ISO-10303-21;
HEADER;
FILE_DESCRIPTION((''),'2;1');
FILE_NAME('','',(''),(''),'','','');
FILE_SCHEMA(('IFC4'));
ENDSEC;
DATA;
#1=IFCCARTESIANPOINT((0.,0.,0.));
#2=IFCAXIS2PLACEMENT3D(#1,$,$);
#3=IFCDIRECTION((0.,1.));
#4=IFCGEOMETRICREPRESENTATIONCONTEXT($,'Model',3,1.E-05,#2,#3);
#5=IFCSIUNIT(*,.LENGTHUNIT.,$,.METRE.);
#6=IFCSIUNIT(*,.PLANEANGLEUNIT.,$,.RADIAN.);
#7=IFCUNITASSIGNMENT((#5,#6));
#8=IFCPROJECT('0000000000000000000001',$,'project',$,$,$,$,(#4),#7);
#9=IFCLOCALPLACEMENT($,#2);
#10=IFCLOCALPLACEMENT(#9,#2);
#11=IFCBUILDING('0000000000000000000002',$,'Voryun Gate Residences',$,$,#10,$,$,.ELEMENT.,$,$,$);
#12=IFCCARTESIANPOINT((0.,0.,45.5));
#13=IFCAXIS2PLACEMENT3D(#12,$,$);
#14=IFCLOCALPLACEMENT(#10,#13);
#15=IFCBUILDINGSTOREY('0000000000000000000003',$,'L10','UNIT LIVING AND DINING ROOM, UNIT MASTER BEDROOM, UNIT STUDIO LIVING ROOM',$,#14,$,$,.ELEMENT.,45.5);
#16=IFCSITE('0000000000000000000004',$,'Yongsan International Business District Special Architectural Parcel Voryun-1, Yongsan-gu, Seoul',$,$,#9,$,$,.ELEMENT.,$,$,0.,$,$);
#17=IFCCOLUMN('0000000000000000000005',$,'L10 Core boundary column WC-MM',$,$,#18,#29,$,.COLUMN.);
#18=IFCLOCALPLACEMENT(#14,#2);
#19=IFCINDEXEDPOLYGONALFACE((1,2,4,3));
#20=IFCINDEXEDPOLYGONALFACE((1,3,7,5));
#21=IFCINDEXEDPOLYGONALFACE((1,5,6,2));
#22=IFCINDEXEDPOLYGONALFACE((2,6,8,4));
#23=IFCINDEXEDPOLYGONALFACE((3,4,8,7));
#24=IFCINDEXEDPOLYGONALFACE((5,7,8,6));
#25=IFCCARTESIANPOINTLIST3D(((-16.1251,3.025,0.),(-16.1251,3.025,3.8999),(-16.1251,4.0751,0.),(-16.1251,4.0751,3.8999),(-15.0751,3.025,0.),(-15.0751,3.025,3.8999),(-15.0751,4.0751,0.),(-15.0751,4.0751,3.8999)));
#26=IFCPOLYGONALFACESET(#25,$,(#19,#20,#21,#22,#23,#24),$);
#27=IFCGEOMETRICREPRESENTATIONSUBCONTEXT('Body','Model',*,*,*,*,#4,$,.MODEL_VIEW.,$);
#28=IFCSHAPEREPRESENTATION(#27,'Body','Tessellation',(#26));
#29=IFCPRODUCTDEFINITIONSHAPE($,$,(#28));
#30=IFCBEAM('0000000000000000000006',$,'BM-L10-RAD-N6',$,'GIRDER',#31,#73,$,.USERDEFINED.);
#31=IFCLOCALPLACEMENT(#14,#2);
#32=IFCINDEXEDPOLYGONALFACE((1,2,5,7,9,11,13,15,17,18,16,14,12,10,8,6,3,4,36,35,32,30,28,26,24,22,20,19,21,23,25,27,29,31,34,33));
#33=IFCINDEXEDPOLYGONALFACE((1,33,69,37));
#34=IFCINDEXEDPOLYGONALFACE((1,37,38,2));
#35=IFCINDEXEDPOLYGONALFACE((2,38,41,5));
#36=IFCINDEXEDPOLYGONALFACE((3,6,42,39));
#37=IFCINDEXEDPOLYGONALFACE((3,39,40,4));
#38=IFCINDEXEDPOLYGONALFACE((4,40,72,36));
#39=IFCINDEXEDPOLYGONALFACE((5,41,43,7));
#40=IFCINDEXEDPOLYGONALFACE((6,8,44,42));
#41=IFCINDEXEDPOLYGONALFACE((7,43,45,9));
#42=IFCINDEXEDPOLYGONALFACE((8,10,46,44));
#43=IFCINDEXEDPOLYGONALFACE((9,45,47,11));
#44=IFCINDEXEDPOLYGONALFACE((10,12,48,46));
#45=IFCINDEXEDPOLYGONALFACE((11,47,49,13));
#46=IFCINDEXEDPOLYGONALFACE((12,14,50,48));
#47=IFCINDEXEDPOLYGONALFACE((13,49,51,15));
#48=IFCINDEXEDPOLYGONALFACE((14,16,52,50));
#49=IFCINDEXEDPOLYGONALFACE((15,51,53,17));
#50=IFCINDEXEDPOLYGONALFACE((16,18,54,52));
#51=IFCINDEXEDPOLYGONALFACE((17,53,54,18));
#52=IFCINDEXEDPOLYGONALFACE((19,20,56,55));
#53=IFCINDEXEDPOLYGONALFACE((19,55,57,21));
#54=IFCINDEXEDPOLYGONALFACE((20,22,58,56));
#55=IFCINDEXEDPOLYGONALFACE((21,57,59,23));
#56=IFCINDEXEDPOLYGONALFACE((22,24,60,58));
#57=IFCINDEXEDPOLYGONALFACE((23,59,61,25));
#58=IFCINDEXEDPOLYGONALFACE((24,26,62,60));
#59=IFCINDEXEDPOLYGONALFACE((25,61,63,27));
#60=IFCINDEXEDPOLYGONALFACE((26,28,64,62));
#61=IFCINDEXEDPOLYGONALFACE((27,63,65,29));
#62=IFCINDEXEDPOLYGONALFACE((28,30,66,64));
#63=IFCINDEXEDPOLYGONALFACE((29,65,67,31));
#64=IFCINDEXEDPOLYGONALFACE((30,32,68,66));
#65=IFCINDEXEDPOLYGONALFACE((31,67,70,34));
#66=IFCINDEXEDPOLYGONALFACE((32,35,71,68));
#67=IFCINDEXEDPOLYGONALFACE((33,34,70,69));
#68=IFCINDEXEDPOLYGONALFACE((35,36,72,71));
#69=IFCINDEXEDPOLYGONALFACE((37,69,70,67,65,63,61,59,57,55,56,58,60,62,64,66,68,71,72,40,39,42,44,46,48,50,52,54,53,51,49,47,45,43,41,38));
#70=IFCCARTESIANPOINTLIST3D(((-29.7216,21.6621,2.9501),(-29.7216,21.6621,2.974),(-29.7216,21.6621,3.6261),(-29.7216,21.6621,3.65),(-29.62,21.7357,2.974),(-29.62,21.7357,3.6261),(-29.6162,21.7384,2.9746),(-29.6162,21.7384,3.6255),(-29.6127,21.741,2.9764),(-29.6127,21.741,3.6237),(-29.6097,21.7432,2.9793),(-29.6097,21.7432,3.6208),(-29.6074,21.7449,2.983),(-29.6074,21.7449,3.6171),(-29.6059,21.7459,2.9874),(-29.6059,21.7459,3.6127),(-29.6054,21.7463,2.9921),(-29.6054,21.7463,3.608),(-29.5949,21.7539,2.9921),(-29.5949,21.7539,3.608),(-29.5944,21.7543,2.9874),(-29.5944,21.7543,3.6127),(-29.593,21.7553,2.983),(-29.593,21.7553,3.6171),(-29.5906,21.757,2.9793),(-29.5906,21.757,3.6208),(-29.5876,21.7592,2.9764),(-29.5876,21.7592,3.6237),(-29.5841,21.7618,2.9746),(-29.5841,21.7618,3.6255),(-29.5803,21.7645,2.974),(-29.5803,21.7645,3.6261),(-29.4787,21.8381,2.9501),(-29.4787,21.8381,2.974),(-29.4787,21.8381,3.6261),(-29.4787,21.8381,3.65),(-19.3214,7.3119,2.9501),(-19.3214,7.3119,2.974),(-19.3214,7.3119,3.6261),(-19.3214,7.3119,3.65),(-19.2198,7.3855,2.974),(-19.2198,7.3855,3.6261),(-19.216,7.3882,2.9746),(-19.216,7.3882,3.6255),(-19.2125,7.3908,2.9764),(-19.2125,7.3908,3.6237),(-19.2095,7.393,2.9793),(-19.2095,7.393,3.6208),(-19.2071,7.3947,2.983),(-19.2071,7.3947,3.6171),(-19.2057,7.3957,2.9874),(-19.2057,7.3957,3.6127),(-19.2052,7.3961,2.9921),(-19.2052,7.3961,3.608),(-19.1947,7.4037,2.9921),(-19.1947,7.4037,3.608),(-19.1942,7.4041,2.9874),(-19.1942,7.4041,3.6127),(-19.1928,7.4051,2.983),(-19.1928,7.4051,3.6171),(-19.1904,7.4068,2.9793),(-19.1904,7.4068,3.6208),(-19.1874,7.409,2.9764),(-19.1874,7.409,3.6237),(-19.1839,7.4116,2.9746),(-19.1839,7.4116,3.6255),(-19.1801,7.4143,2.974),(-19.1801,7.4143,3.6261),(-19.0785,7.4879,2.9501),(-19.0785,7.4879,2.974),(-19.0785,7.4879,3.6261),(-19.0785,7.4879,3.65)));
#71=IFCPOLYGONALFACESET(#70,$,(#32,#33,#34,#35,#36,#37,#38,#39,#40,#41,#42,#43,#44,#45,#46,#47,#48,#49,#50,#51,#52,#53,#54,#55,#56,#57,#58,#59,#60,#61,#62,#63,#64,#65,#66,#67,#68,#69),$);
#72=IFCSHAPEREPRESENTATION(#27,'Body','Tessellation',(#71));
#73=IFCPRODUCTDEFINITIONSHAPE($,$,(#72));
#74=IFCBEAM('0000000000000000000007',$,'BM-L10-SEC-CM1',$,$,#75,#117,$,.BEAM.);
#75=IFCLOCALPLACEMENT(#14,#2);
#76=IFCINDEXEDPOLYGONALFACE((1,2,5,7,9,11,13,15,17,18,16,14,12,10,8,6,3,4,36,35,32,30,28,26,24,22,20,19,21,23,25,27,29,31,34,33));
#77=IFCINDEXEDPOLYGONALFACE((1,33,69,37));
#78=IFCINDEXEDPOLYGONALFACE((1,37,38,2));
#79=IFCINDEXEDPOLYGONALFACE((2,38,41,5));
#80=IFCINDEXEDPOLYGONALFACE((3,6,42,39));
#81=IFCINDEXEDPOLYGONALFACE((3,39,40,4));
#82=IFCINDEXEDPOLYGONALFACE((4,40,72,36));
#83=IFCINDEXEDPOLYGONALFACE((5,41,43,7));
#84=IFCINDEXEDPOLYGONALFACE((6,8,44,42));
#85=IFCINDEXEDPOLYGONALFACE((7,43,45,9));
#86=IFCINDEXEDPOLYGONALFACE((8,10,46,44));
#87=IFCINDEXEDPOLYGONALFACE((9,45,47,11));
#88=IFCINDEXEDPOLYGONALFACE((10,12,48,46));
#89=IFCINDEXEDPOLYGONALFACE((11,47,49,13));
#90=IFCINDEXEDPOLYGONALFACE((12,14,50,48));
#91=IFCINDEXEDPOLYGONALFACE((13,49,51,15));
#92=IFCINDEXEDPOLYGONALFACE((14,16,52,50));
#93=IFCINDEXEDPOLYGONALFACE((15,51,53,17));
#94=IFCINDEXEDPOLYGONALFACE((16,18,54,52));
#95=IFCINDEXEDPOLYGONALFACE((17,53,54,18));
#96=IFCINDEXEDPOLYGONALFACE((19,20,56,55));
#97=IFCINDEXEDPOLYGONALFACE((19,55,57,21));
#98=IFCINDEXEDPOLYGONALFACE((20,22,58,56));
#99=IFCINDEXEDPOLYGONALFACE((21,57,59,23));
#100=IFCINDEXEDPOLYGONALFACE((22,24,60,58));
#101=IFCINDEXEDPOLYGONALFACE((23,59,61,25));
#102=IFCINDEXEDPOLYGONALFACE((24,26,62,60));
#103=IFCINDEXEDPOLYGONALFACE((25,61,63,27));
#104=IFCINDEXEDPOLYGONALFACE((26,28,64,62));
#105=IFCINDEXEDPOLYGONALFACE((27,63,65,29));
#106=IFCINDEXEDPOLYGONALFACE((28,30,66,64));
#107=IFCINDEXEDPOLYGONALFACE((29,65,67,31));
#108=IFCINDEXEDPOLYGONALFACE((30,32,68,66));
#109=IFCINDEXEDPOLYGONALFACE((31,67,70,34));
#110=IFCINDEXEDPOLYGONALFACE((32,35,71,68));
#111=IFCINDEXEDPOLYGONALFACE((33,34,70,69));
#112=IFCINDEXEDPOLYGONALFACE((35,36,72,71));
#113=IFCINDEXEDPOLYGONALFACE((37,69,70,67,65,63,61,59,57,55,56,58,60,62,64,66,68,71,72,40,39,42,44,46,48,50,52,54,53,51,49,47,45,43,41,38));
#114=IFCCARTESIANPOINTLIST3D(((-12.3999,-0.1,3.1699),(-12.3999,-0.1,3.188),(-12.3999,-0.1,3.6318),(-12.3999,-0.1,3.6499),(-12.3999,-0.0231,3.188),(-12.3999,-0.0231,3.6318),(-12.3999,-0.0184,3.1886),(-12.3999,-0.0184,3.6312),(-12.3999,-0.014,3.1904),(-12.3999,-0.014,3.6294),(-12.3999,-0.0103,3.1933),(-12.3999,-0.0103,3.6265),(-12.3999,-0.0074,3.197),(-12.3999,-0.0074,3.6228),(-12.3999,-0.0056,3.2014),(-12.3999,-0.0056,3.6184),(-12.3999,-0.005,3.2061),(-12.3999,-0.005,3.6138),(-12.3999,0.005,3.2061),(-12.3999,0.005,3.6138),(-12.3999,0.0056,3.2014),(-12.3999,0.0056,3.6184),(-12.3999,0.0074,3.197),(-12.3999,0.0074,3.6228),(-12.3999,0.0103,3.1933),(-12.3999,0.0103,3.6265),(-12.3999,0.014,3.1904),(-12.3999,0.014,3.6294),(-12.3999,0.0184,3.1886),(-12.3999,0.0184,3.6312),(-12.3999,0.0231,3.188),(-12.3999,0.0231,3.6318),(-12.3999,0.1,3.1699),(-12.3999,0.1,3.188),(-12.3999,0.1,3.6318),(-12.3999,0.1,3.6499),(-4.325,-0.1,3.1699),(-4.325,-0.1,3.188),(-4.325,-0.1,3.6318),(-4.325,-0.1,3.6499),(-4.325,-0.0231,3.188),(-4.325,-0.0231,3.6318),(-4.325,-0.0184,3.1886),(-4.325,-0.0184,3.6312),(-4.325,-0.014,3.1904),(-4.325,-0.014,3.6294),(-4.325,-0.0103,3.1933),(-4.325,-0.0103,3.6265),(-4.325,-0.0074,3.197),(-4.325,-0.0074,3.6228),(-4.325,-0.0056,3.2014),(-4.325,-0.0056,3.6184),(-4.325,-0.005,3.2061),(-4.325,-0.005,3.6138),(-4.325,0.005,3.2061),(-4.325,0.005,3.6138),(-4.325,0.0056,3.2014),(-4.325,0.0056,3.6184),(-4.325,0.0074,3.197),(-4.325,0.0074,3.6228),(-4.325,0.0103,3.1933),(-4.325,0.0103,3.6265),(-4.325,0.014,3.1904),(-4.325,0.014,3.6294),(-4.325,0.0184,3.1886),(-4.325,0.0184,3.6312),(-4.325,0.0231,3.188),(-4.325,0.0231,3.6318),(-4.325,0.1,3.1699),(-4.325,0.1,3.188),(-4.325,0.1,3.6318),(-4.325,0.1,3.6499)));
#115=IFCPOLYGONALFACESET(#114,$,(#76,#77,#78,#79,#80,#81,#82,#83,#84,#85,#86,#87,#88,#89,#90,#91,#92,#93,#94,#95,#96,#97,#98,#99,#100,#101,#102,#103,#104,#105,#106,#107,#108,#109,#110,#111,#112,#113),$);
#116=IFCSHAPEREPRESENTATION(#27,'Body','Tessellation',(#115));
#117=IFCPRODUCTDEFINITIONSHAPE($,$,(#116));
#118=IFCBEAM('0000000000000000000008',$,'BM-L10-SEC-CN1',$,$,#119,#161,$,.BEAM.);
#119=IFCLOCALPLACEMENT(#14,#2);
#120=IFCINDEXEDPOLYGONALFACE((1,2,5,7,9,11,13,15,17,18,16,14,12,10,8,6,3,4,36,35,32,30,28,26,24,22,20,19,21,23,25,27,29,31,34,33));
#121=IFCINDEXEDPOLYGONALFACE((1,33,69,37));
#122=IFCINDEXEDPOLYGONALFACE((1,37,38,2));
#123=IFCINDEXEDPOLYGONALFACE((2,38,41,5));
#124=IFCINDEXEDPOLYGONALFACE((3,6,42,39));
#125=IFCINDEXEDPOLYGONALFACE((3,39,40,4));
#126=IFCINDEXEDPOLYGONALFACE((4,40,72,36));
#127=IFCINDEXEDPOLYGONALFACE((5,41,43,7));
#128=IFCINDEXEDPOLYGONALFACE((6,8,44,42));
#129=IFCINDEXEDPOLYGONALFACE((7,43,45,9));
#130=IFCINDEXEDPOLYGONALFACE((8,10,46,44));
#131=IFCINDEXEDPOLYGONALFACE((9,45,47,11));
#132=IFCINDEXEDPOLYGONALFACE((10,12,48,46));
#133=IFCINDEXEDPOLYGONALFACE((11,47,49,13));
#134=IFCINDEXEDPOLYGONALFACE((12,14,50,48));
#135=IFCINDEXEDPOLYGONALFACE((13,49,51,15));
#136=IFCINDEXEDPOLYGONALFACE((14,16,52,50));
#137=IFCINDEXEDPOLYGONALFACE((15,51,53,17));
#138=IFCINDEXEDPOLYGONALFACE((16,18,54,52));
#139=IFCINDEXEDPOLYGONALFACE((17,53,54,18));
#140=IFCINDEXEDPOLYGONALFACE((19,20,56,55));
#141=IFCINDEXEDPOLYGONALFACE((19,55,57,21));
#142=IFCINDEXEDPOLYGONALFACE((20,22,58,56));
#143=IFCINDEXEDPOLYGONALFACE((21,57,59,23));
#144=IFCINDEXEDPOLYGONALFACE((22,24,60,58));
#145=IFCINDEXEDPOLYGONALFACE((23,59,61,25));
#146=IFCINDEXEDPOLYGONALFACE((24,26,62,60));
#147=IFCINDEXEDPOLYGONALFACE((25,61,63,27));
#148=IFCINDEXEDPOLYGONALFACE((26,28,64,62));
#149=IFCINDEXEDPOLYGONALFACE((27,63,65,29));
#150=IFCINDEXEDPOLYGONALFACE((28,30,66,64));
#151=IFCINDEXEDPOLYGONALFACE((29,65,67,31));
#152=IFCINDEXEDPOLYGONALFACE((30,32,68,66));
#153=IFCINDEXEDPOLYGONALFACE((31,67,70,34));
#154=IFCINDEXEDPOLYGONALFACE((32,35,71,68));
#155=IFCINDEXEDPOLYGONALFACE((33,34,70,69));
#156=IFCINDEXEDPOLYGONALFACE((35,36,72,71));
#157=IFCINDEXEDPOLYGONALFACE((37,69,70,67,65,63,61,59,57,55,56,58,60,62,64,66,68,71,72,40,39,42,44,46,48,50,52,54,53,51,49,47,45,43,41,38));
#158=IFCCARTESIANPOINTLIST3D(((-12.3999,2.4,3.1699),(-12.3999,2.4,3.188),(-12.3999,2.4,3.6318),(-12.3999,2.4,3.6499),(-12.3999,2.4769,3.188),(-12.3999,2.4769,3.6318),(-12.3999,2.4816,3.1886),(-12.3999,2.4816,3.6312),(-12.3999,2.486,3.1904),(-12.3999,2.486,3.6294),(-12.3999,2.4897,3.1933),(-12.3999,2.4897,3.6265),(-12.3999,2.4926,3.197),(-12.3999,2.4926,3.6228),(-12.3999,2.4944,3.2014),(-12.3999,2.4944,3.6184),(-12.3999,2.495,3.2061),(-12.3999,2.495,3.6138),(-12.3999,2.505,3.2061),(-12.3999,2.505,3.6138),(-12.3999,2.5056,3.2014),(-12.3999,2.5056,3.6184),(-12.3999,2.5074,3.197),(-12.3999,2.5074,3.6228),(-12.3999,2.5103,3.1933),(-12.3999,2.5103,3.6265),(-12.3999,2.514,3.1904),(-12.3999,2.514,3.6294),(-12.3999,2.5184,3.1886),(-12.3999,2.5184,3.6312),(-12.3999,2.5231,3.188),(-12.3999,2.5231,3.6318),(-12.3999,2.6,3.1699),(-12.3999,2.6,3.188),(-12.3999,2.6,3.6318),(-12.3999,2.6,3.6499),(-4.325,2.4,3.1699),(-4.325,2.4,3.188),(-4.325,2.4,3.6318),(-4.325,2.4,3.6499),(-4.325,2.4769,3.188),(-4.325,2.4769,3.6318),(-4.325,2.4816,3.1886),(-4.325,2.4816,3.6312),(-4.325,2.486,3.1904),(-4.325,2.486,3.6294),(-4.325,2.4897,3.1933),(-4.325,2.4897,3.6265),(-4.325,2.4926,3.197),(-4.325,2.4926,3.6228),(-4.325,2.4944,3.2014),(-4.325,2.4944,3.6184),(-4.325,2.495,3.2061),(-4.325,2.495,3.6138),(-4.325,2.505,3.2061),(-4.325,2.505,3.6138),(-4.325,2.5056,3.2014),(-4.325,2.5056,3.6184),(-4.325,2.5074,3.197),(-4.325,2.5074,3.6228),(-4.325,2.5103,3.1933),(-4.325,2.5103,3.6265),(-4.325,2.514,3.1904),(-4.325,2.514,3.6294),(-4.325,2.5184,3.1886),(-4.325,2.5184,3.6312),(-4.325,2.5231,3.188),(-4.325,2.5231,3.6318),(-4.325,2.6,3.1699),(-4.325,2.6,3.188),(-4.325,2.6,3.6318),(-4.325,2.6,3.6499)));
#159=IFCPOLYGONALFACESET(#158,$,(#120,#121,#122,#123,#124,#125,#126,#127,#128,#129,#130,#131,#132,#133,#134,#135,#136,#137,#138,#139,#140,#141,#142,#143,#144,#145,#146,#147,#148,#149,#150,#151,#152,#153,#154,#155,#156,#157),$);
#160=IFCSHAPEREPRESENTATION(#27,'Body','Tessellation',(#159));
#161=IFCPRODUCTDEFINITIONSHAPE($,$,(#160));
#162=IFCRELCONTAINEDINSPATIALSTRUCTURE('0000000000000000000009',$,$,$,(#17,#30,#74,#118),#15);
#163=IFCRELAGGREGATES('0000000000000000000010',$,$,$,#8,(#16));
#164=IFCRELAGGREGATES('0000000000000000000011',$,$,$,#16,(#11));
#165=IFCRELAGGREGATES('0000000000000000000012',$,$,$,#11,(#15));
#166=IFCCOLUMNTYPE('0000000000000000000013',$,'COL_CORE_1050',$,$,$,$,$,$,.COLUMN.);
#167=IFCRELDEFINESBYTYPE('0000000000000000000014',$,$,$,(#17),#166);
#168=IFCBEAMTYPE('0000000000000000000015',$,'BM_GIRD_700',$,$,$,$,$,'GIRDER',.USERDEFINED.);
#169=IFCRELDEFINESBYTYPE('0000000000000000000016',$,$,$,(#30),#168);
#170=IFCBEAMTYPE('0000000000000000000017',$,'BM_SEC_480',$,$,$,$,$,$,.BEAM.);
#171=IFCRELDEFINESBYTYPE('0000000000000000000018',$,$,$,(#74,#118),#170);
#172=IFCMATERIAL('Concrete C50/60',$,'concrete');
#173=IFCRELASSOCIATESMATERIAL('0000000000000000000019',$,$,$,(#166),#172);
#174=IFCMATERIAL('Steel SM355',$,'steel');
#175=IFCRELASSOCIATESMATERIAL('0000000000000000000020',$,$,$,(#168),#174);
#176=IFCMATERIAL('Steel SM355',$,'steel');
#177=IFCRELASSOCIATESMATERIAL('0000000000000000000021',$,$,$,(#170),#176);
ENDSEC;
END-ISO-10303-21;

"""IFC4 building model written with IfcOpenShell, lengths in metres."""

from ifc_helpers import new_model, si_unit, direction, frame, origin, origin_2d, place, context, subcontext, project, spatial, rectangle, i_section, extrude, material, material_profile, profile_set, type_object, element, save


model = new_model("IFC4")

# Units and contexts
model_context = context("Model", 3, precision=1e-05, world=origin(), true_north=direction((0.0, 1.0)))
body_context = subcontext(model_context, "Body", "Model", "MODEL_VIEW")
ifc_project = project(units=[si_unit("LENGTHUNIT", "METRE"), si_unit("PLANEANGLEUNIT", "RADIAN")], contexts=[model_context])

# Site, building, storey
site_placement = place(None, origin())
site = spatial("IfcSite", under=ifc_project, at=site_placement, Name="Yongsan International Business District Special Architectural Parcel Voryun-1, Yongsan-gu, Seoul", CompositionType="ELEMENT", RefElevation=0.0)
building_placement = place(site_placement, origin())
building = spatial("IfcBuilding", under=site, at=building_placement, Name="Voryun Gate Residences", CompositionType="ELEMENT")
storey_placement = place(building_placement, frame((0.0, 0.0, 45.5)))
storey = spatial("IfcBuildingStorey", under=building, at=storey_placement, Name="L10", Description="UNIT LIVING AND DINING ROOM, UNIT MASTER BEDROOM, UNIT STUDIO LIVING ROOM", CompositionType="ELEMENT", Elevation=45.5)

# Column
ifc_material_1 = material(Name="Concrete C50/60", Category="concrete")
ifc_material_profile_1 = material_profile(ifc_material_1, rectangle(XDim=1.05, YDim=1.05, at=origin_2d()), Name="RC-1050x1050")
ifc_profile_set_1 = profile_set([ifc_material_profile_1], Name="Concrete C50/60")
column_type = type_object("IfcColumnType", Name="COL_CORE_1050", PredefinedType="COLUMN", material=ifc_profile_set_1)
column_placement = place(storey_placement, frame((-15.6001, 3.55, 0.0), z_axis=(0.0, 0.0, 1.0), x_axis=(1.0, 0.0, 0.0)))
element("IfcColumn", 1, at=column_placement, inside=storey, type_object=column_type, Name="L10 Core boundary column WC-MM", PredefinedType="COLUMN", context=body_context, shape_type="SweptSolid", body=[
    extrude(rectangle(XDim=1.05, YDim=1.05, at=origin_2d()), origin(), (0.0, 0.0, 1.0), 3.8999),
])

# Beams
ifc_material_2 = material(Name="Steel SM355", Category="steel")
ifc_material_profile_2 = material_profile(ifc_material_2, i_section(OverallWidth=0.3, OverallDepth=0.7, WebThickness=0.0129, FlangeThickness=0.0239, FilletRadius=0.0181, at=origin_2d()), Name="H-700x300x13x24")
ifc_profile_set_2 = profile_set([ifc_material_profile_2], Name="Steel SM355")
beam_type_1 = type_object("IfcBeamType", Name="BM_GIRD_700", ElementType="GIRDER", PredefinedType="USERDEFINED", material=ifc_profile_set_2)
beam_placement = place(storey_placement, frame((-19.2, 7.3999, 3.3), z_axis=(-0.586832, 0.809709, 0.0), x_axis=(-0.809709, -0.586832, 0.0)))
element("IfcBeam", 2, at=beam_placement, inside=storey, type_object=beam_type_1, Name="BM-L10-RAD-N6", ObjectType="GIRDER", PredefinedType="USERDEFINED", context=body_context, shape_type="SweptSolid", body=[
    extrude(i_section(OverallWidth=0.3, OverallDepth=0.7, WebThickness=0.0129, FlangeThickness=0.0239, FilletRadius=0.0181, at=origin_2d()), origin(), (0.0, 0.0, 1.0), 17.7227),
])
ifc_material_3 = material(Name="Steel SM355", Category="steel")
ifc_material_profile_3 = material_profile(ifc_material_3, i_section(OverallWidth=0.2, OverallDepth=0.48, WebThickness=0.01, FlangeThickness=0.0181, FilletRadius=0.0181, at=origin_2d()), Name="H-480x200x10x18")
ifc_profile_set_3 = profile_set([ifc_material_profile_3], Name="Steel SM355")
beam_type_2 = type_object("IfcBeamType", Name="BM_SEC_480", PredefinedType="BEAM", material=ifc_profile_set_3)
for number, where, z_axis, x_axis, name in (
    (3, (-12.3999, 0.0, 3.4099), (1.0, 0.0, 0.0), (0.0, 1.0, 0.0), "BM-L10-SEC-CM1"),
    (4, (-12.3999, 2.5, 3.4099), (1.0, 0.0, 0.0), (0.0, 1.0, 0.0), "BM-L10-SEC-CN1"),
):
    element("IfcBeam", number, at=place(storey_placement, frame(where, z_axis=z_axis, x_axis=x_axis)), inside=storey, type_object=beam_type_2, Name=name, PredefinedType="BEAM", context=body_context, shape_type="SweptSolid", body=[
        extrude(i_section(OverallWidth=0.2, OverallDepth=0.48, WebThickness=0.01, FlangeThickness=0.0181, FilletRadius=0.0181, at=origin_2d()), origin(), (0.0, 0.0, 1.0), 8.075),
    ])

save(model, "model.ifc")
